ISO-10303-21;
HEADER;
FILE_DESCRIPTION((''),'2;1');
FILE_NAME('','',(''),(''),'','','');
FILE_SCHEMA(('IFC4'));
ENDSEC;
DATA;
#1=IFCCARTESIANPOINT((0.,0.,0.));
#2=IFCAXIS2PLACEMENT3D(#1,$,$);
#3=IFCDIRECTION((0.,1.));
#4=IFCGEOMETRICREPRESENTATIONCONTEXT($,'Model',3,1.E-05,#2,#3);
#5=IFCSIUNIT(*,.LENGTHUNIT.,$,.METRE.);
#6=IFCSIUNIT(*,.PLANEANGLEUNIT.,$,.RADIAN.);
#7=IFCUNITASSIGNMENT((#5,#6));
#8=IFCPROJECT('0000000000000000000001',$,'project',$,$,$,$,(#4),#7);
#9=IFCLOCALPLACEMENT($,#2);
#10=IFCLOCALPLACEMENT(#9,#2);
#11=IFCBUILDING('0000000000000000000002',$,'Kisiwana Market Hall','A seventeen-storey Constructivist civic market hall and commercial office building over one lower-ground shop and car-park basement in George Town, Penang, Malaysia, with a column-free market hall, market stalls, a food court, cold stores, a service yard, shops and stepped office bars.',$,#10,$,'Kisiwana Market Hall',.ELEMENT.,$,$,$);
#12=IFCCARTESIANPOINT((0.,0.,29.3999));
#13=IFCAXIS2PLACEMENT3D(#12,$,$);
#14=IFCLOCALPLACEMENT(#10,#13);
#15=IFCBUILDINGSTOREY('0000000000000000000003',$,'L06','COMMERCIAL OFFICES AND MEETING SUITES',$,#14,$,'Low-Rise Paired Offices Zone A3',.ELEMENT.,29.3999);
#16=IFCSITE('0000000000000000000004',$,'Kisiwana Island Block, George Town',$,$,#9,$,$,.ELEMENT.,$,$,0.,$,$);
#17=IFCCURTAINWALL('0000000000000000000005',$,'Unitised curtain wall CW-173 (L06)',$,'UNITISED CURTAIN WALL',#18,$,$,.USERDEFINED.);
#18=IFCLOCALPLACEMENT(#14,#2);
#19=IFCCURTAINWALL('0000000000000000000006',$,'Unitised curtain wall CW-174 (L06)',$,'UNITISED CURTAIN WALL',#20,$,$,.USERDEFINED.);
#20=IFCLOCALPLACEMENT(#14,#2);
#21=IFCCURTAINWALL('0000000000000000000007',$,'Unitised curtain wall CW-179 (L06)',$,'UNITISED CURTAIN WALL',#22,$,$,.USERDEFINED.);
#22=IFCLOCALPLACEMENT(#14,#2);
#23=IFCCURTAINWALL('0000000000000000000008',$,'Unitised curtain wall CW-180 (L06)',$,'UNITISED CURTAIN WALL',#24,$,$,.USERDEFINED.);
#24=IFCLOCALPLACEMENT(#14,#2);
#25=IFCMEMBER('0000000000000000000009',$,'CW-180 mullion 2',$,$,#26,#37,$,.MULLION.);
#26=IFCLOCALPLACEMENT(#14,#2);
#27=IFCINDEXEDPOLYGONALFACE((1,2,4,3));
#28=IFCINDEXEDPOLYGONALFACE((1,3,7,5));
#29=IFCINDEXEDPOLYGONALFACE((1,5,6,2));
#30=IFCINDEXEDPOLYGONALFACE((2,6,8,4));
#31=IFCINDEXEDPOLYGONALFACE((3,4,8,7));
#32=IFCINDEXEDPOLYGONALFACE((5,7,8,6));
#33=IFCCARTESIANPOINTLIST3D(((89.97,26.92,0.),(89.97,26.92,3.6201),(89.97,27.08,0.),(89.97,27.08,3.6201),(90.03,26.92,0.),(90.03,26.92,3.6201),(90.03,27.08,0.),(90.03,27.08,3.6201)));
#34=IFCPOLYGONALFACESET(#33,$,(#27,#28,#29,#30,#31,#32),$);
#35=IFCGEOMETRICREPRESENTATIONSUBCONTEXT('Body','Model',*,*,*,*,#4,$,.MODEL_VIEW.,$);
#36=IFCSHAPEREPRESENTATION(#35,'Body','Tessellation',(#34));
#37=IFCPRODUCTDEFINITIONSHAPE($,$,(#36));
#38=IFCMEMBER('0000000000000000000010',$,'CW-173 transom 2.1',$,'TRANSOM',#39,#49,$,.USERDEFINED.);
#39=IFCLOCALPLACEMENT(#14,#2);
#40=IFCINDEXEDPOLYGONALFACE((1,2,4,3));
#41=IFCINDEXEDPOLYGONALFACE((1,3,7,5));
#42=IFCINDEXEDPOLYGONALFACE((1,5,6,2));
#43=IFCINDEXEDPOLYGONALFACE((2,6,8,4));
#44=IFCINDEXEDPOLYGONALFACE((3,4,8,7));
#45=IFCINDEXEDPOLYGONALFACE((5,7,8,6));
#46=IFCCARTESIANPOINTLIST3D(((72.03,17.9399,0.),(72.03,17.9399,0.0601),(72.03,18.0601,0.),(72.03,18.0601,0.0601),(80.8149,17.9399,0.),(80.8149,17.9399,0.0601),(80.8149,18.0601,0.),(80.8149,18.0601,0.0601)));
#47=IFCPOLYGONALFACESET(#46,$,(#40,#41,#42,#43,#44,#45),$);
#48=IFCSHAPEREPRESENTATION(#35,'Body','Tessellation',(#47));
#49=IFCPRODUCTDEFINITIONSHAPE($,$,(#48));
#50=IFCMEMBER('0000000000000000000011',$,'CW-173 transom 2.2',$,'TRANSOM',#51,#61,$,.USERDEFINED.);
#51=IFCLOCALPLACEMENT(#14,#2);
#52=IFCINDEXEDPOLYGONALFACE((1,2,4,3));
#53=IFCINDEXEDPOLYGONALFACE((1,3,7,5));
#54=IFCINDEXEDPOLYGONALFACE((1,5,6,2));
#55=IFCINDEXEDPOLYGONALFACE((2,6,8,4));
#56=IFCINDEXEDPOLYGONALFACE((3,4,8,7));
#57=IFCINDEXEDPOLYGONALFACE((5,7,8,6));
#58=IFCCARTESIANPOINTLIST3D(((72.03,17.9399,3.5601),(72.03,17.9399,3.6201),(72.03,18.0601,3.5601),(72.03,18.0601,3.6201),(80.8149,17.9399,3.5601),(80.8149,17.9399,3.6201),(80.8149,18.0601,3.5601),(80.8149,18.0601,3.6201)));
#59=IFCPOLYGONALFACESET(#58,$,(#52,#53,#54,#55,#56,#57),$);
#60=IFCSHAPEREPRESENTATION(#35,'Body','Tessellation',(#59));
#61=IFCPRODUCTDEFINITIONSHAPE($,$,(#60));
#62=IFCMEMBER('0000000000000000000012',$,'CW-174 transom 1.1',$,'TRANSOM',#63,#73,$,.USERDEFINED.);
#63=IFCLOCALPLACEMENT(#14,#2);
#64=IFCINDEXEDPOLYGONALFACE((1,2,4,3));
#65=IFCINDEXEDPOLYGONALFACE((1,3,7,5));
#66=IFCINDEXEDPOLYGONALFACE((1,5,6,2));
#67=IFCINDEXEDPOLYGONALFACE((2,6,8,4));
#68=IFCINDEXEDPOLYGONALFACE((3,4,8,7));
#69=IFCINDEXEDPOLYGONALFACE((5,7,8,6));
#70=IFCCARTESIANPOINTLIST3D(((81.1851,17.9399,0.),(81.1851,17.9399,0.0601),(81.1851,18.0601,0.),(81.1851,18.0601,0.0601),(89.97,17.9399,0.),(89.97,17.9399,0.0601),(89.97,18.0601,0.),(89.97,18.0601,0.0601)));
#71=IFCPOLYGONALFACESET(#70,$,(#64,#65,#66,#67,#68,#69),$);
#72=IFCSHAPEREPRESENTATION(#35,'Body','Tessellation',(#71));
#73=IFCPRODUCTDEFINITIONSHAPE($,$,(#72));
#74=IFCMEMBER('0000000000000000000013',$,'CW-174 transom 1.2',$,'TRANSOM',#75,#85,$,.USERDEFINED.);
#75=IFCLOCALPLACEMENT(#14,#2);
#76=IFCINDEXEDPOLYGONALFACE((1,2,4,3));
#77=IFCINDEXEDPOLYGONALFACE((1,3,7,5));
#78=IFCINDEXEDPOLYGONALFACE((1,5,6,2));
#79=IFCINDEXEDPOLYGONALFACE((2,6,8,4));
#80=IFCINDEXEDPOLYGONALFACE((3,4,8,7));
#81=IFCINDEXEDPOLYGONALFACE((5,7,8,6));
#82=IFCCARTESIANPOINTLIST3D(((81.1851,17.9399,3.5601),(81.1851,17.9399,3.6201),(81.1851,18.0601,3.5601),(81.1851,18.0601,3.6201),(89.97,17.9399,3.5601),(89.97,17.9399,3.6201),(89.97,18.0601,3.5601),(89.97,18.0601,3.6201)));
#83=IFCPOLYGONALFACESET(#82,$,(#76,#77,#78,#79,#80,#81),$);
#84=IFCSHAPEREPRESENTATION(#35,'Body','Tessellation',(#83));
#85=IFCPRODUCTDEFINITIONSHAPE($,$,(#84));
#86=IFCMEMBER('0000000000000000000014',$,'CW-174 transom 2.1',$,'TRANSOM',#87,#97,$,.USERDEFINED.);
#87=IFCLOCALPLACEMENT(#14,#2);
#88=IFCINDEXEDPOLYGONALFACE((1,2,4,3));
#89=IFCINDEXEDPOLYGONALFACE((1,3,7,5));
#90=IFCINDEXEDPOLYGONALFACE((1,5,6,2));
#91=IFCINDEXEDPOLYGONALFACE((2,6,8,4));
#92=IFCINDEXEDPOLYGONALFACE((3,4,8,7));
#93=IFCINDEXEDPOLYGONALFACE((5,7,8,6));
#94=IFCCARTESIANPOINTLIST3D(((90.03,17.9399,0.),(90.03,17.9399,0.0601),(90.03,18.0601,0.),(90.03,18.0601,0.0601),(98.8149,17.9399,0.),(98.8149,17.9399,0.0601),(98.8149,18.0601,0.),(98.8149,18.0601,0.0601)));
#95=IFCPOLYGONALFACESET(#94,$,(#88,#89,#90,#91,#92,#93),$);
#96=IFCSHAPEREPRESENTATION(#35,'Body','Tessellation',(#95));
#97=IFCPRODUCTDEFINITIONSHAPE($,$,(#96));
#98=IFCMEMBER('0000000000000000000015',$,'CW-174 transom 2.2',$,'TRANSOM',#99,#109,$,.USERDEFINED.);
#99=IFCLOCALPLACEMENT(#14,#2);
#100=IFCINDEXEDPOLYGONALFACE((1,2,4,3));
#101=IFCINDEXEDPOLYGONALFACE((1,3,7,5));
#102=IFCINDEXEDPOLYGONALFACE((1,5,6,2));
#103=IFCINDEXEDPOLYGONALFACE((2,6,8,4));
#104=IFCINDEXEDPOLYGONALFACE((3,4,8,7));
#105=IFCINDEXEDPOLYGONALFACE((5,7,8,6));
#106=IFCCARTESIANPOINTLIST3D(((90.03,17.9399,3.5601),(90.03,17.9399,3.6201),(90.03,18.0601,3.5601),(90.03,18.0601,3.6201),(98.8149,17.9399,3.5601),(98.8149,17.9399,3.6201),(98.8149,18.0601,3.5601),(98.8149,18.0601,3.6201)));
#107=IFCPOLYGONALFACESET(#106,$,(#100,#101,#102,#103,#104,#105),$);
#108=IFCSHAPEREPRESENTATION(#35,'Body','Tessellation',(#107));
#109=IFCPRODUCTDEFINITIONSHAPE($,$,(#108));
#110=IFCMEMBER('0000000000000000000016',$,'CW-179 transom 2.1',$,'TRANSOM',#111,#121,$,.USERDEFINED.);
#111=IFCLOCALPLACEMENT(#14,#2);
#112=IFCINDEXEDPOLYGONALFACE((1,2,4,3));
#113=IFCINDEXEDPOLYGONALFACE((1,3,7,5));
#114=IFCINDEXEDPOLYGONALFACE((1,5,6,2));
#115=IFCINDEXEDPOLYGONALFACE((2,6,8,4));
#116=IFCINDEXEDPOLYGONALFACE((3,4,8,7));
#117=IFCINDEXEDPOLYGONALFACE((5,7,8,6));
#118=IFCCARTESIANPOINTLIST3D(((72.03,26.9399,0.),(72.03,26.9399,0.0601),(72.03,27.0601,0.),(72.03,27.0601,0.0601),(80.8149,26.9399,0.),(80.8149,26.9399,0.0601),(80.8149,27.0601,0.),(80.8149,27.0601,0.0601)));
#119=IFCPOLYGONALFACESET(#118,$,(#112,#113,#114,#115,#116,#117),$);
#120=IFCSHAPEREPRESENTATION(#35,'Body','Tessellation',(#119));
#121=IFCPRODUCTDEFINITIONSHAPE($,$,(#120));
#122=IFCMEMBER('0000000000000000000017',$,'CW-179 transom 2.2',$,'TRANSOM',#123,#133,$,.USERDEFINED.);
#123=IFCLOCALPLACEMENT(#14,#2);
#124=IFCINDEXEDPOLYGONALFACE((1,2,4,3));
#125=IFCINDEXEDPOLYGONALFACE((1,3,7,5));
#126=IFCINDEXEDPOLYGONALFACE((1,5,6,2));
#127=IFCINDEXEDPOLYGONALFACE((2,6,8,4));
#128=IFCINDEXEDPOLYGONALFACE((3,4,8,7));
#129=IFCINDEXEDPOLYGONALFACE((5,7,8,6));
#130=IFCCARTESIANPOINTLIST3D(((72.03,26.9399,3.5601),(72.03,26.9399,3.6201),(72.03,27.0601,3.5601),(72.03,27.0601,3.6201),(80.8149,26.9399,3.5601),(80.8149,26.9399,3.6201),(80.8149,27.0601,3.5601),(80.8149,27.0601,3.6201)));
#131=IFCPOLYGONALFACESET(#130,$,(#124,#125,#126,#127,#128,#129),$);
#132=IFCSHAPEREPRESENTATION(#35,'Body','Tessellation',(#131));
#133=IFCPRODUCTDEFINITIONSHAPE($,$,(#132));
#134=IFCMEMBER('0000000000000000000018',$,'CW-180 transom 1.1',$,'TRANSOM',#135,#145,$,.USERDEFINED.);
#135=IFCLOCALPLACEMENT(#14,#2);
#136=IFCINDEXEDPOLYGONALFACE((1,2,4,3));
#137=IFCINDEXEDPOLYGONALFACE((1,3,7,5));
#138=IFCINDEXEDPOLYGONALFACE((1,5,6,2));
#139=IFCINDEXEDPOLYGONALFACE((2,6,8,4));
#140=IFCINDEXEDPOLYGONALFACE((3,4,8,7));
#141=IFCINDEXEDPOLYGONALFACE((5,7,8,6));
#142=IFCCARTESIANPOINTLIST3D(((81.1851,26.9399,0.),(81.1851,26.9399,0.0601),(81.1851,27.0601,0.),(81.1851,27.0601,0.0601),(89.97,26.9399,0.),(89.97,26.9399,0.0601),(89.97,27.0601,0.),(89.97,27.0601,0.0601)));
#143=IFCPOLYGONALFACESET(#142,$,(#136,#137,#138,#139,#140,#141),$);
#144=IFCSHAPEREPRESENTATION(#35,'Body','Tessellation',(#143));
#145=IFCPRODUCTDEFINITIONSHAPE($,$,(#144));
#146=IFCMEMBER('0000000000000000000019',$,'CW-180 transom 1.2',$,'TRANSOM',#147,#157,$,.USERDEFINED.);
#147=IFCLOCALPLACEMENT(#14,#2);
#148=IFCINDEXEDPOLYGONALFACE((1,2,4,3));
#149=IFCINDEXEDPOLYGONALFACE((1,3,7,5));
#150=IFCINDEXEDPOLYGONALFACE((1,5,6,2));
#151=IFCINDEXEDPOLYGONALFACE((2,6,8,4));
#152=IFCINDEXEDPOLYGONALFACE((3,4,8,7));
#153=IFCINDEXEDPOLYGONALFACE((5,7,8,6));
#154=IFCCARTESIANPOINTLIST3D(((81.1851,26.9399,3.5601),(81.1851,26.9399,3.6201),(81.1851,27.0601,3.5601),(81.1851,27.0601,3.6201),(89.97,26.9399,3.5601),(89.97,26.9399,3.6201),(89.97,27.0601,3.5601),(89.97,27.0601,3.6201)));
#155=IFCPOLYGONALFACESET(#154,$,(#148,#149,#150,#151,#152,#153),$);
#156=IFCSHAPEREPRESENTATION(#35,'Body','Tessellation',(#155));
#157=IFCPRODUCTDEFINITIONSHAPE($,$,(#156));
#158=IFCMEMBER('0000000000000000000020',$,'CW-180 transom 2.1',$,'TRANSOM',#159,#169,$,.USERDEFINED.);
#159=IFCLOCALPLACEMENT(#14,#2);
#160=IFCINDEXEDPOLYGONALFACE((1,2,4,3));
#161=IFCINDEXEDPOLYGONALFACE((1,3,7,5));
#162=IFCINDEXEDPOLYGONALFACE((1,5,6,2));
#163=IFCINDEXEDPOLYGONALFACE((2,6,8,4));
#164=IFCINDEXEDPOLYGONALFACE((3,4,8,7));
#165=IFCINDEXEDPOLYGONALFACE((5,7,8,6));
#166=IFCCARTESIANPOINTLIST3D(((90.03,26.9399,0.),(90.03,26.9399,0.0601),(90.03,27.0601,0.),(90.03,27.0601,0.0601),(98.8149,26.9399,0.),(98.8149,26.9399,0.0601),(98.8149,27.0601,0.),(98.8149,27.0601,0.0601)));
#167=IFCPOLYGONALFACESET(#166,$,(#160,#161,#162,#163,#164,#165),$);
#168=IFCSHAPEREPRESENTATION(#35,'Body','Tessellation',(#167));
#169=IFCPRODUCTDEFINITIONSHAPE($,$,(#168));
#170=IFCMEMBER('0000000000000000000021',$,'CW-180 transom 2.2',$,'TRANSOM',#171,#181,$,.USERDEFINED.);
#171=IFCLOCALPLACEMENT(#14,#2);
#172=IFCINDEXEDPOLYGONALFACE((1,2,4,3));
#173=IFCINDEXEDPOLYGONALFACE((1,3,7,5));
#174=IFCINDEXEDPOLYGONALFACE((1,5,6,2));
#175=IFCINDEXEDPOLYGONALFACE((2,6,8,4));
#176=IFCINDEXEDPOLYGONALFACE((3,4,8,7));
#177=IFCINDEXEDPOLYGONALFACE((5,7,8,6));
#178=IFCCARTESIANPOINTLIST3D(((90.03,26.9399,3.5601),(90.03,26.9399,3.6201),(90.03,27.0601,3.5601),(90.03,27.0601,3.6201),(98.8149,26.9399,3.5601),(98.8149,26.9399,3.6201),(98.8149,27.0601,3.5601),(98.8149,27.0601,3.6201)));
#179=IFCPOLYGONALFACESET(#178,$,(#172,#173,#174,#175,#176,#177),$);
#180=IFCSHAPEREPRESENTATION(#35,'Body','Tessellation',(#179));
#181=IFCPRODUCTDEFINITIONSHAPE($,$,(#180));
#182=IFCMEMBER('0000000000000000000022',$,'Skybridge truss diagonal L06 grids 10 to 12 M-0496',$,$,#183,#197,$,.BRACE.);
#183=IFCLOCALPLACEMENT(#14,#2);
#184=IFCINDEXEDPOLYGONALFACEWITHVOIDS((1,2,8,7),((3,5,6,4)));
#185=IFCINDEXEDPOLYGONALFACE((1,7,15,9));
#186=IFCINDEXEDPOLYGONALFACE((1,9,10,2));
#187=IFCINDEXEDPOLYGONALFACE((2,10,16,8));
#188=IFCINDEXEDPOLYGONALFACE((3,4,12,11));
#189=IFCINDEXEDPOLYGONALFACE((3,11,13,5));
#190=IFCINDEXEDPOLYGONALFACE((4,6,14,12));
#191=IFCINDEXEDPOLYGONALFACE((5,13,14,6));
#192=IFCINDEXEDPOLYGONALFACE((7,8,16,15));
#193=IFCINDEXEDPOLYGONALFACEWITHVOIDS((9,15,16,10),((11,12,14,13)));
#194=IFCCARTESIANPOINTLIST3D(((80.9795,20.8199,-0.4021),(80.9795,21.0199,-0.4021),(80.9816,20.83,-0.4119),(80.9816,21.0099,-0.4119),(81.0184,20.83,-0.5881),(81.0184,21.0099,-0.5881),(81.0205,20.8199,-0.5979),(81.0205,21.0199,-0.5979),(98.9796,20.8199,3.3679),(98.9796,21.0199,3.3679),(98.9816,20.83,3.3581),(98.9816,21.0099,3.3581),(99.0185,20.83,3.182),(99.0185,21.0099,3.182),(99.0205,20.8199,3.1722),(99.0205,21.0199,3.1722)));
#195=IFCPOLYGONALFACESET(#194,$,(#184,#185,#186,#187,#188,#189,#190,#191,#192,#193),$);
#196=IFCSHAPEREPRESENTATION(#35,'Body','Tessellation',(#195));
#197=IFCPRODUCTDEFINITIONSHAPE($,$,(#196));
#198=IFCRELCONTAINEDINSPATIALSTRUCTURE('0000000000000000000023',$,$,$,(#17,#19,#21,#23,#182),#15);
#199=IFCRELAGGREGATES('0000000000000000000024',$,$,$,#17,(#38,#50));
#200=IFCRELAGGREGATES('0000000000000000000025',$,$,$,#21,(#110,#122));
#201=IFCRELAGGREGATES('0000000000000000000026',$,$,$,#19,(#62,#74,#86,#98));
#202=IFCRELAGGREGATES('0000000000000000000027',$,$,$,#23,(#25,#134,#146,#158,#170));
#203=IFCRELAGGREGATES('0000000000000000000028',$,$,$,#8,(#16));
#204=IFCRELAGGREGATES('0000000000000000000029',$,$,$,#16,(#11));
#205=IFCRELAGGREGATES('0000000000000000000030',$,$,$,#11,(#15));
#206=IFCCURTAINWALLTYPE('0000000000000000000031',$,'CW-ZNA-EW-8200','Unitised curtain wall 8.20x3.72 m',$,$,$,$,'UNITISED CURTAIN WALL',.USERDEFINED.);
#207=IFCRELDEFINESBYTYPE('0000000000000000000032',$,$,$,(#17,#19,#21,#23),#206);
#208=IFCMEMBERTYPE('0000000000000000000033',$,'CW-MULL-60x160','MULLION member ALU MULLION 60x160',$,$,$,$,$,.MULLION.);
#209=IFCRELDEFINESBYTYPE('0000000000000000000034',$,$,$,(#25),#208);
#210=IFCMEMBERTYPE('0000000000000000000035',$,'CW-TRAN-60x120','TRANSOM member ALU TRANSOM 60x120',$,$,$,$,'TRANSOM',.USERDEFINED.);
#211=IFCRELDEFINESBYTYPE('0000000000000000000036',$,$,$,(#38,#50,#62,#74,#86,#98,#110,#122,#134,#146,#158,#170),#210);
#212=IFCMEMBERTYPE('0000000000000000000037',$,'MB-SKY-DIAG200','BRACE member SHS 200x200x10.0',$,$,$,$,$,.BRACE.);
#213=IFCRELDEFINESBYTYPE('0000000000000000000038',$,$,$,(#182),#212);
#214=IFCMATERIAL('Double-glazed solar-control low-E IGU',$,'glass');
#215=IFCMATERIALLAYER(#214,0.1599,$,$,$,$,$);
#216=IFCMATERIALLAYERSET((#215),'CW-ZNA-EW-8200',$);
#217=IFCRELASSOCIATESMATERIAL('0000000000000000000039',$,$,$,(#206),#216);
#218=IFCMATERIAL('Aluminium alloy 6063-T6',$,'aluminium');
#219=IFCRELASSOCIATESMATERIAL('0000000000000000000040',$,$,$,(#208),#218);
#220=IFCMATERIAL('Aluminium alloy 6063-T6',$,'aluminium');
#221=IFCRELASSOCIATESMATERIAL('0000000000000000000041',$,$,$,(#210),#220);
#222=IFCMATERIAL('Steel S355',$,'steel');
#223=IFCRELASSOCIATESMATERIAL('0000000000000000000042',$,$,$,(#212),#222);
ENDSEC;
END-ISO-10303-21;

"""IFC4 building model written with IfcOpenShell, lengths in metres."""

from ifc_helpers import new_model, si_unit, direction, frame, origin, origin_2d, place, context, subcontext, project, spatial, rectangle, hollow_rectangle, extrude, material, layer, layer_set, material_profile, profile_set, type_object, element, aggregate, save


model = new_model("IFC4")

# Units and contexts
model_context = context("Model", 3, precision=1e-05, world=origin(), true_north=direction((0.0, 1.0)))
body_context = subcontext(model_context, "Body", "Model", "MODEL_VIEW")
ifc_project = project(units=[si_unit("LENGTHUNIT", "METRE"), si_unit("PLANEANGLEUNIT", "RADIAN")], contexts=[model_context])

# Site, building, storey
site_placement = place(None, origin())
site = spatial("IfcSite", under=ifc_project, at=site_placement, Name="Kisiwana Island Block, George Town", CompositionType="ELEMENT", RefElevation=0.0)
building_placement = place(site_placement, origin())
building = spatial("IfcBuilding", under=site, at=building_placement, Name="Kisiwana Market Hall", Description="A seventeen-storey Constructivist civic market hall and commercial office building over one lower-ground shop and car-park basement in George Town, Penang, Malaysia, with a column-free market hall, market stalls, a food court, cold stores, a service yard, shops and stepped office bars.", LongName="Kisiwana Market Hall", CompositionType="ELEMENT")
storey_placement = place(building_placement, frame((0.0, 0.0, 29.3999)))
storey = spatial("IfcBuildingStorey", under=building, at=storey_placement, Name="L06", Description="COMMERCIAL OFFICES AND MEETING SUITES", LongName="Low-Rise Paired Offices Zone A3", CompositionType="ELEMENT", Elevation=29.3999)

# Curtain walls, member
ifc_material_1 = material(Name="Double-glazed solar-control low-E IGU", Category="glass")
ifc_layer_1 = layer(ifc_material_1, 0.1599)
ifc_layer_set_1 = layer_set([ifc_layer_1], Name="CW-ZNA-EW-8200")
curtain_wall_type = type_object("IfcCurtainWallType", Name="CW-ZNA-EW-8200", Description="Unitised curtain wall 8.20x3.72 m", ElementType="UNITISED CURTAIN WALL", PredefinedType="USERDEFINED", material=ifc_layer_set_1)
curtain_wall_1_placement = place(storey_placement, origin())
curtain_wall_1 = element("IfcCurtainWall", 1, at=curtain_wall_1_placement, inside=storey, type_object=curtain_wall_type, Name="Unitised curtain wall CW-173 (L06)", ObjectType="UNITISED CURTAIN WALL", PredefinedType="USERDEFINED")
ifc_material_2 = material(Name="Aluminium alloy 6063-T6", Category="aluminium")
ifc_material_profile_1 = material_profile(ifc_material_2, rectangle(XDim=0.0601, YDim=0.1599, at=origin_2d()), Name="ALU MULLION 60x160")
ifc_profile_set_1 = profile_set([ifc_material_profile_1], Name="Aluminium alloy 6063-T6")
member_type_1 = type_object("IfcMemberType", Name="CW-MULL-60x160", Description="MULLION member ALU MULLION 60x160", PredefinedType="MULLION", material=ifc_profile_set_1)
curtain_wall_2_placement = place(storey_placement, origin())
curtain_wall_2 = element("IfcCurtainWall", 2, at=curtain_wall_2_placement, inside=storey, type_object=curtain_wall_type, Name="Unitised curtain wall CW-174 (L06)", ObjectType="UNITISED CURTAIN WALL", PredefinedType="USERDEFINED")
curtain_wall_3_placement = place(storey_placement, origin())
curtain_wall_3 = element("IfcCurtainWall", 3, at=curtain_wall_3_placement, inside=storey, type_object=curtain_wall_type, Name="Unitised curtain wall CW-179 (L06)", ObjectType="UNITISED CURTAIN WALL", PredefinedType="USERDEFINED")
curtain_wall_4_placement = place(storey_placement, origin())
curtain_wall_4 = element("IfcCurtainWall", 4, at=curtain_wall_4_placement, inside=storey, type_object=curtain_wall_type, Name="Unitised curtain wall CW-180 (L06)", ObjectType="UNITISED CURTAIN WALL", PredefinedType="USERDEFINED")
member_1_placement = place(storey_placement, frame((90.0, 27.0, 0.0), z_axis=(0.0, 0.0, 1.0), x_axis=(1.0, 0.0, 0.0)))
member_1 = element("IfcMember", 5, at=member_1_placement, type_object=member_type_1, Name="CW-180 mullion 2", PredefinedType="MULLION", context=body_context, shape_type="SweptSolid", body=[
    extrude(rectangle(XDim=0.0601, YDim=0.1599, at=origin_2d()), origin(), (0.0, 0.0, 1.0), 3.6201),
])

# Members
ifc_material_3 = material(Name="Aluminium alloy 6063-T6", Category="aluminium")
ifc_material_profile_2 = material_profile(ifc_material_3, rectangle(XDim=0.1201, YDim=0.0601, at=origin_2d()), Name="ALU TRANSOM 60x120")
ifc_profile_set_2 = profile_set([ifc_material_profile_2], Name="Aluminium alloy 6063-T6")
member_type_2 = type_object("IfcMemberType", Name="CW-TRAN-60x120", Description="TRANSOM member ALU TRANSOM 60x120", ElementType="TRANSOM", PredefinedType="USERDEFINED", material=ifc_profile_set_2)
member_2_placement = place(storey_placement, frame((72.03, 18.0, 0.03), z_axis=(1.0, 0.0, 0.0), x_axis=(0.0, 1.0, 0.0)))
member_2 = element("IfcMember", 6, at=member_2_placement, type_object=member_type_2, Name="CW-173 transom 2.1", ObjectType="TRANSOM", PredefinedType="USERDEFINED", context=body_context, shape_type="SweptSolid", body=[
    extrude(rectangle(XDim=0.1201, YDim=0.0601, at=origin_2d()), origin(), (0.0, 0.0, 1.0), 8.7849),
])
member_3_placement = place(storey_placement, frame((72.03, 18.0, 3.5901), z_axis=(1.0, 0.0, 0.0), x_axis=(0.0, 1.0, 0.0)))
member_3 = element("IfcMember", 7, at=member_3_placement, type_object=member_type_2, Name="CW-173 transom 2.2", ObjectType="TRANSOM", PredefinedType="USERDEFINED", context=body_context, shape_type="SweptSolid", body=[
    extrude(rectangle(XDim=0.1201, YDim=0.0601, at=origin_2d()), origin(), (0.0, 0.0, 1.0), 8.7849),
])
member_4_placement = place(storey_placement, frame((81.1851, 18.0, 0.03), z_axis=(1.0, 0.0, 0.0), x_axis=(0.0, 1.0, 0.0)))
member_4 = element("IfcMember", 8, at=member_4_placement, type_object=member_type_2, Name="CW-174 transom 1.1", ObjectType="TRANSOM", PredefinedType="USERDEFINED", context=body_context, shape_type="SweptSolid", body=[
    extrude(rectangle(XDim=0.1201, YDim=0.0601, at=origin_2d()), origin(), (0.0, 0.0, 1.0), 8.7849),
])
member_5_placement = place(storey_placement, frame((81.1851, 18.0, 3.5901), z_axis=(1.0, 0.0, 0.0), x_axis=(0.0, 1.0, 0.0)))
member_5 = element("IfcMember", 9, at=member_5_placement, type_object=member_type_2, Name="CW-174 transom 1.2", ObjectType="TRANSOM", PredefinedType="USERDEFINED", context=body_context, shape_type="SweptSolid", body=[
    extrude(rectangle(XDim=0.1201, YDim=0.0601, at=origin_2d()), origin(), (0.0, 0.0, 1.0), 8.7849),
])
member_6_placement = place(storey_placement, frame((90.03, 18.0, 0.03), z_axis=(1.0, 0.0, 0.0), x_axis=(0.0, 1.0, 0.0)))
member_6 = element("IfcMember", 10, at=member_6_placement, type_object=member_type_2, Name="CW-174 transom 2.1", ObjectType="TRANSOM", PredefinedType="USERDEFINED", context=body_context, shape_type="SweptSolid", body=[
    extrude(rectangle(XDim=0.1201, YDim=0.0601, at=origin_2d()), origin(), (0.0, 0.0, 1.0), 8.7849),
])
member_7_placement = place(storey_placement, frame((90.03, 18.0, 3.5901), z_axis=(1.0, 0.0, 0.0), x_axis=(0.0, 1.0, 0.0)))
member_7 = element("IfcMember", 11, at=member_7_placement, type_object=member_type_2, Name="CW-174 transom 2.2", ObjectType="TRANSOM", PredefinedType="USERDEFINED", context=body_context, shape_type="SweptSolid", body=[
    extrude(rectangle(XDim=0.1201, YDim=0.0601, at=origin_2d()), origin(), (0.0, 0.0, 1.0), 8.7849),
])
member_8_placement = place(storey_placement, frame((72.03, 27.0, 0.03), z_axis=(1.0, 0.0, 0.0), x_axis=(0.0, 1.0, 0.0)))
member_8 = element("IfcMember", 12, at=member_8_placement, type_object=member_type_2, Name="CW-179 transom 2.1", ObjectType="TRANSOM", PredefinedType="USERDEFINED", context=body_context, shape_type="SweptSolid", body=[
    extrude(rectangle(XDim=0.1201, YDim=0.0601, at=origin_2d()), origin(), (0.0, 0.0, 1.0), 8.7849),
])
member_9_placement = place(storey_placement, frame((72.03, 27.0, 3.5901), z_axis=(1.0, 0.0, 0.0), x_axis=(0.0, 1.0, 0.0)))
member_9 = element("IfcMember", 13, at=member_9_placement, type_object=member_type_2, Name="CW-179 transom 2.2", ObjectType="TRANSOM", PredefinedType="USERDEFINED", context=body_context, shape_type="SweptSolid", body=[
    extrude(rectangle(XDim=0.1201, YDim=0.0601, at=origin_2d()), origin(), (0.0, 0.0, 1.0), 8.7849),
])
member_10_placement = place(storey_placement, frame((81.1851, 27.0, 0.03), z_axis=(1.0, 0.0, 0.0), x_axis=(0.0, 1.0, 0.0)))
member_10 = element("IfcMember", 14, at=member_10_placement, type_object=member_type_2, Name="CW-180 transom 1.1", ObjectType="TRANSOM", PredefinedType="USERDEFINED", context=body_context, shape_type="SweptSolid", body=[
    extrude(rectangle(XDim=0.1201, YDim=0.0601, at=origin_2d()), origin(), (0.0, 0.0, 1.0), 8.7849),
])
member_11_placement = place(storey_placement, frame((81.1851, 27.0, 3.5901), z_axis=(1.0, 0.0, 0.0), x_axis=(0.0, 1.0, 0.0)))
member_11 = element("IfcMember", 15, at=member_11_placement, type_object=member_type_2, Name="CW-180 transom 1.2", ObjectType="TRANSOM", PredefinedType="USERDEFINED", context=body_context, shape_type="SweptSolid", body=[
    extrude(rectangle(XDim=0.1201, YDim=0.0601, at=origin_2d()), origin(), (0.0, 0.0, 1.0), 8.7849),
])
member_12_placement = place(storey_placement, frame((90.03, 27.0, 0.03), z_axis=(1.0, 0.0, 0.0), x_axis=(0.0, 1.0, 0.0)))
member_12 = element("IfcMember", 16, at=member_12_placement, type_object=member_type_2, Name="CW-180 transom 2.1", ObjectType="TRANSOM", PredefinedType="USERDEFINED", context=body_context, shape_type="SweptSolid", body=[
    extrude(rectangle(XDim=0.1201, YDim=0.0601, at=origin_2d()), origin(), (0.0, 0.0, 1.0), 8.7849),
])
member_13_placement = place(storey_placement, frame((90.03, 27.0, 3.5901), z_axis=(1.0, 0.0, 0.0), x_axis=(0.0, 1.0, 0.0)))
member_13 = element("IfcMember", 17, at=member_13_placement, type_object=member_type_2, Name="CW-180 transom 2.2", ObjectType="TRANSOM", PredefinedType="USERDEFINED", context=body_context, shape_type="SweptSolid", body=[
    extrude(rectangle(XDim=0.1201, YDim=0.0601, at=origin_2d()), origin(), (0.0, 0.0, 1.0), 8.7849),
])

# Member
ifc_material_4 = material(Name="Steel S355", Category="steel")
ifc_material_profile_3 = material_profile(ifc_material_4, hollow_rectangle(XDim=0.2, YDim=0.2, WallThickness=0.01, at=origin_2d()), Name="SHS 200x200x10.0")
ifc_profile_set_3 = profile_set([ifc_material_profile_3], Name="Steel S355")
member_type_3 = type_object("IfcMemberType", Name="MB-SKY-DIAG200", Description="BRACE member SHS 200x200x10.0", PredefinedType="BRACE", material=ifc_profile_set_3)
for number, where, z_axis, x_axis, name in (
    (18, (81.0, 20.9199, -0.5), (0.978763, 0.0, 0.204997), (0.0, 1.0, 0.0), "Skybridge truss diagonal L06 grids 10 to 12 M-0496"),
):
    element("IfcMember", number, at=place(storey_placement, frame(where, z_axis=z_axis, x_axis=x_axis)), inside=storey, type_object=member_type_3, Name=name, PredefinedType="BRACE", context=body_context, shape_type="SweptSolid", body=[
        extrude(hollow_rectangle(XDim=0.2, YDim=0.2, WallThickness=0.01, at=origin_2d()), origin(), (0.0, 0.0, 1.0), 18.3906),
    ])

aggregate(curtain_wall_1, [member_2, member_3])
aggregate(curtain_wall_3, [member_8, member_9])
aggregate(curtain_wall_2, [member_4, member_5, member_6, member_7])
aggregate(curtain_wall_4, [member_1, member_10, member_11, member_12, member_13])

save(model, "model.ifc")
